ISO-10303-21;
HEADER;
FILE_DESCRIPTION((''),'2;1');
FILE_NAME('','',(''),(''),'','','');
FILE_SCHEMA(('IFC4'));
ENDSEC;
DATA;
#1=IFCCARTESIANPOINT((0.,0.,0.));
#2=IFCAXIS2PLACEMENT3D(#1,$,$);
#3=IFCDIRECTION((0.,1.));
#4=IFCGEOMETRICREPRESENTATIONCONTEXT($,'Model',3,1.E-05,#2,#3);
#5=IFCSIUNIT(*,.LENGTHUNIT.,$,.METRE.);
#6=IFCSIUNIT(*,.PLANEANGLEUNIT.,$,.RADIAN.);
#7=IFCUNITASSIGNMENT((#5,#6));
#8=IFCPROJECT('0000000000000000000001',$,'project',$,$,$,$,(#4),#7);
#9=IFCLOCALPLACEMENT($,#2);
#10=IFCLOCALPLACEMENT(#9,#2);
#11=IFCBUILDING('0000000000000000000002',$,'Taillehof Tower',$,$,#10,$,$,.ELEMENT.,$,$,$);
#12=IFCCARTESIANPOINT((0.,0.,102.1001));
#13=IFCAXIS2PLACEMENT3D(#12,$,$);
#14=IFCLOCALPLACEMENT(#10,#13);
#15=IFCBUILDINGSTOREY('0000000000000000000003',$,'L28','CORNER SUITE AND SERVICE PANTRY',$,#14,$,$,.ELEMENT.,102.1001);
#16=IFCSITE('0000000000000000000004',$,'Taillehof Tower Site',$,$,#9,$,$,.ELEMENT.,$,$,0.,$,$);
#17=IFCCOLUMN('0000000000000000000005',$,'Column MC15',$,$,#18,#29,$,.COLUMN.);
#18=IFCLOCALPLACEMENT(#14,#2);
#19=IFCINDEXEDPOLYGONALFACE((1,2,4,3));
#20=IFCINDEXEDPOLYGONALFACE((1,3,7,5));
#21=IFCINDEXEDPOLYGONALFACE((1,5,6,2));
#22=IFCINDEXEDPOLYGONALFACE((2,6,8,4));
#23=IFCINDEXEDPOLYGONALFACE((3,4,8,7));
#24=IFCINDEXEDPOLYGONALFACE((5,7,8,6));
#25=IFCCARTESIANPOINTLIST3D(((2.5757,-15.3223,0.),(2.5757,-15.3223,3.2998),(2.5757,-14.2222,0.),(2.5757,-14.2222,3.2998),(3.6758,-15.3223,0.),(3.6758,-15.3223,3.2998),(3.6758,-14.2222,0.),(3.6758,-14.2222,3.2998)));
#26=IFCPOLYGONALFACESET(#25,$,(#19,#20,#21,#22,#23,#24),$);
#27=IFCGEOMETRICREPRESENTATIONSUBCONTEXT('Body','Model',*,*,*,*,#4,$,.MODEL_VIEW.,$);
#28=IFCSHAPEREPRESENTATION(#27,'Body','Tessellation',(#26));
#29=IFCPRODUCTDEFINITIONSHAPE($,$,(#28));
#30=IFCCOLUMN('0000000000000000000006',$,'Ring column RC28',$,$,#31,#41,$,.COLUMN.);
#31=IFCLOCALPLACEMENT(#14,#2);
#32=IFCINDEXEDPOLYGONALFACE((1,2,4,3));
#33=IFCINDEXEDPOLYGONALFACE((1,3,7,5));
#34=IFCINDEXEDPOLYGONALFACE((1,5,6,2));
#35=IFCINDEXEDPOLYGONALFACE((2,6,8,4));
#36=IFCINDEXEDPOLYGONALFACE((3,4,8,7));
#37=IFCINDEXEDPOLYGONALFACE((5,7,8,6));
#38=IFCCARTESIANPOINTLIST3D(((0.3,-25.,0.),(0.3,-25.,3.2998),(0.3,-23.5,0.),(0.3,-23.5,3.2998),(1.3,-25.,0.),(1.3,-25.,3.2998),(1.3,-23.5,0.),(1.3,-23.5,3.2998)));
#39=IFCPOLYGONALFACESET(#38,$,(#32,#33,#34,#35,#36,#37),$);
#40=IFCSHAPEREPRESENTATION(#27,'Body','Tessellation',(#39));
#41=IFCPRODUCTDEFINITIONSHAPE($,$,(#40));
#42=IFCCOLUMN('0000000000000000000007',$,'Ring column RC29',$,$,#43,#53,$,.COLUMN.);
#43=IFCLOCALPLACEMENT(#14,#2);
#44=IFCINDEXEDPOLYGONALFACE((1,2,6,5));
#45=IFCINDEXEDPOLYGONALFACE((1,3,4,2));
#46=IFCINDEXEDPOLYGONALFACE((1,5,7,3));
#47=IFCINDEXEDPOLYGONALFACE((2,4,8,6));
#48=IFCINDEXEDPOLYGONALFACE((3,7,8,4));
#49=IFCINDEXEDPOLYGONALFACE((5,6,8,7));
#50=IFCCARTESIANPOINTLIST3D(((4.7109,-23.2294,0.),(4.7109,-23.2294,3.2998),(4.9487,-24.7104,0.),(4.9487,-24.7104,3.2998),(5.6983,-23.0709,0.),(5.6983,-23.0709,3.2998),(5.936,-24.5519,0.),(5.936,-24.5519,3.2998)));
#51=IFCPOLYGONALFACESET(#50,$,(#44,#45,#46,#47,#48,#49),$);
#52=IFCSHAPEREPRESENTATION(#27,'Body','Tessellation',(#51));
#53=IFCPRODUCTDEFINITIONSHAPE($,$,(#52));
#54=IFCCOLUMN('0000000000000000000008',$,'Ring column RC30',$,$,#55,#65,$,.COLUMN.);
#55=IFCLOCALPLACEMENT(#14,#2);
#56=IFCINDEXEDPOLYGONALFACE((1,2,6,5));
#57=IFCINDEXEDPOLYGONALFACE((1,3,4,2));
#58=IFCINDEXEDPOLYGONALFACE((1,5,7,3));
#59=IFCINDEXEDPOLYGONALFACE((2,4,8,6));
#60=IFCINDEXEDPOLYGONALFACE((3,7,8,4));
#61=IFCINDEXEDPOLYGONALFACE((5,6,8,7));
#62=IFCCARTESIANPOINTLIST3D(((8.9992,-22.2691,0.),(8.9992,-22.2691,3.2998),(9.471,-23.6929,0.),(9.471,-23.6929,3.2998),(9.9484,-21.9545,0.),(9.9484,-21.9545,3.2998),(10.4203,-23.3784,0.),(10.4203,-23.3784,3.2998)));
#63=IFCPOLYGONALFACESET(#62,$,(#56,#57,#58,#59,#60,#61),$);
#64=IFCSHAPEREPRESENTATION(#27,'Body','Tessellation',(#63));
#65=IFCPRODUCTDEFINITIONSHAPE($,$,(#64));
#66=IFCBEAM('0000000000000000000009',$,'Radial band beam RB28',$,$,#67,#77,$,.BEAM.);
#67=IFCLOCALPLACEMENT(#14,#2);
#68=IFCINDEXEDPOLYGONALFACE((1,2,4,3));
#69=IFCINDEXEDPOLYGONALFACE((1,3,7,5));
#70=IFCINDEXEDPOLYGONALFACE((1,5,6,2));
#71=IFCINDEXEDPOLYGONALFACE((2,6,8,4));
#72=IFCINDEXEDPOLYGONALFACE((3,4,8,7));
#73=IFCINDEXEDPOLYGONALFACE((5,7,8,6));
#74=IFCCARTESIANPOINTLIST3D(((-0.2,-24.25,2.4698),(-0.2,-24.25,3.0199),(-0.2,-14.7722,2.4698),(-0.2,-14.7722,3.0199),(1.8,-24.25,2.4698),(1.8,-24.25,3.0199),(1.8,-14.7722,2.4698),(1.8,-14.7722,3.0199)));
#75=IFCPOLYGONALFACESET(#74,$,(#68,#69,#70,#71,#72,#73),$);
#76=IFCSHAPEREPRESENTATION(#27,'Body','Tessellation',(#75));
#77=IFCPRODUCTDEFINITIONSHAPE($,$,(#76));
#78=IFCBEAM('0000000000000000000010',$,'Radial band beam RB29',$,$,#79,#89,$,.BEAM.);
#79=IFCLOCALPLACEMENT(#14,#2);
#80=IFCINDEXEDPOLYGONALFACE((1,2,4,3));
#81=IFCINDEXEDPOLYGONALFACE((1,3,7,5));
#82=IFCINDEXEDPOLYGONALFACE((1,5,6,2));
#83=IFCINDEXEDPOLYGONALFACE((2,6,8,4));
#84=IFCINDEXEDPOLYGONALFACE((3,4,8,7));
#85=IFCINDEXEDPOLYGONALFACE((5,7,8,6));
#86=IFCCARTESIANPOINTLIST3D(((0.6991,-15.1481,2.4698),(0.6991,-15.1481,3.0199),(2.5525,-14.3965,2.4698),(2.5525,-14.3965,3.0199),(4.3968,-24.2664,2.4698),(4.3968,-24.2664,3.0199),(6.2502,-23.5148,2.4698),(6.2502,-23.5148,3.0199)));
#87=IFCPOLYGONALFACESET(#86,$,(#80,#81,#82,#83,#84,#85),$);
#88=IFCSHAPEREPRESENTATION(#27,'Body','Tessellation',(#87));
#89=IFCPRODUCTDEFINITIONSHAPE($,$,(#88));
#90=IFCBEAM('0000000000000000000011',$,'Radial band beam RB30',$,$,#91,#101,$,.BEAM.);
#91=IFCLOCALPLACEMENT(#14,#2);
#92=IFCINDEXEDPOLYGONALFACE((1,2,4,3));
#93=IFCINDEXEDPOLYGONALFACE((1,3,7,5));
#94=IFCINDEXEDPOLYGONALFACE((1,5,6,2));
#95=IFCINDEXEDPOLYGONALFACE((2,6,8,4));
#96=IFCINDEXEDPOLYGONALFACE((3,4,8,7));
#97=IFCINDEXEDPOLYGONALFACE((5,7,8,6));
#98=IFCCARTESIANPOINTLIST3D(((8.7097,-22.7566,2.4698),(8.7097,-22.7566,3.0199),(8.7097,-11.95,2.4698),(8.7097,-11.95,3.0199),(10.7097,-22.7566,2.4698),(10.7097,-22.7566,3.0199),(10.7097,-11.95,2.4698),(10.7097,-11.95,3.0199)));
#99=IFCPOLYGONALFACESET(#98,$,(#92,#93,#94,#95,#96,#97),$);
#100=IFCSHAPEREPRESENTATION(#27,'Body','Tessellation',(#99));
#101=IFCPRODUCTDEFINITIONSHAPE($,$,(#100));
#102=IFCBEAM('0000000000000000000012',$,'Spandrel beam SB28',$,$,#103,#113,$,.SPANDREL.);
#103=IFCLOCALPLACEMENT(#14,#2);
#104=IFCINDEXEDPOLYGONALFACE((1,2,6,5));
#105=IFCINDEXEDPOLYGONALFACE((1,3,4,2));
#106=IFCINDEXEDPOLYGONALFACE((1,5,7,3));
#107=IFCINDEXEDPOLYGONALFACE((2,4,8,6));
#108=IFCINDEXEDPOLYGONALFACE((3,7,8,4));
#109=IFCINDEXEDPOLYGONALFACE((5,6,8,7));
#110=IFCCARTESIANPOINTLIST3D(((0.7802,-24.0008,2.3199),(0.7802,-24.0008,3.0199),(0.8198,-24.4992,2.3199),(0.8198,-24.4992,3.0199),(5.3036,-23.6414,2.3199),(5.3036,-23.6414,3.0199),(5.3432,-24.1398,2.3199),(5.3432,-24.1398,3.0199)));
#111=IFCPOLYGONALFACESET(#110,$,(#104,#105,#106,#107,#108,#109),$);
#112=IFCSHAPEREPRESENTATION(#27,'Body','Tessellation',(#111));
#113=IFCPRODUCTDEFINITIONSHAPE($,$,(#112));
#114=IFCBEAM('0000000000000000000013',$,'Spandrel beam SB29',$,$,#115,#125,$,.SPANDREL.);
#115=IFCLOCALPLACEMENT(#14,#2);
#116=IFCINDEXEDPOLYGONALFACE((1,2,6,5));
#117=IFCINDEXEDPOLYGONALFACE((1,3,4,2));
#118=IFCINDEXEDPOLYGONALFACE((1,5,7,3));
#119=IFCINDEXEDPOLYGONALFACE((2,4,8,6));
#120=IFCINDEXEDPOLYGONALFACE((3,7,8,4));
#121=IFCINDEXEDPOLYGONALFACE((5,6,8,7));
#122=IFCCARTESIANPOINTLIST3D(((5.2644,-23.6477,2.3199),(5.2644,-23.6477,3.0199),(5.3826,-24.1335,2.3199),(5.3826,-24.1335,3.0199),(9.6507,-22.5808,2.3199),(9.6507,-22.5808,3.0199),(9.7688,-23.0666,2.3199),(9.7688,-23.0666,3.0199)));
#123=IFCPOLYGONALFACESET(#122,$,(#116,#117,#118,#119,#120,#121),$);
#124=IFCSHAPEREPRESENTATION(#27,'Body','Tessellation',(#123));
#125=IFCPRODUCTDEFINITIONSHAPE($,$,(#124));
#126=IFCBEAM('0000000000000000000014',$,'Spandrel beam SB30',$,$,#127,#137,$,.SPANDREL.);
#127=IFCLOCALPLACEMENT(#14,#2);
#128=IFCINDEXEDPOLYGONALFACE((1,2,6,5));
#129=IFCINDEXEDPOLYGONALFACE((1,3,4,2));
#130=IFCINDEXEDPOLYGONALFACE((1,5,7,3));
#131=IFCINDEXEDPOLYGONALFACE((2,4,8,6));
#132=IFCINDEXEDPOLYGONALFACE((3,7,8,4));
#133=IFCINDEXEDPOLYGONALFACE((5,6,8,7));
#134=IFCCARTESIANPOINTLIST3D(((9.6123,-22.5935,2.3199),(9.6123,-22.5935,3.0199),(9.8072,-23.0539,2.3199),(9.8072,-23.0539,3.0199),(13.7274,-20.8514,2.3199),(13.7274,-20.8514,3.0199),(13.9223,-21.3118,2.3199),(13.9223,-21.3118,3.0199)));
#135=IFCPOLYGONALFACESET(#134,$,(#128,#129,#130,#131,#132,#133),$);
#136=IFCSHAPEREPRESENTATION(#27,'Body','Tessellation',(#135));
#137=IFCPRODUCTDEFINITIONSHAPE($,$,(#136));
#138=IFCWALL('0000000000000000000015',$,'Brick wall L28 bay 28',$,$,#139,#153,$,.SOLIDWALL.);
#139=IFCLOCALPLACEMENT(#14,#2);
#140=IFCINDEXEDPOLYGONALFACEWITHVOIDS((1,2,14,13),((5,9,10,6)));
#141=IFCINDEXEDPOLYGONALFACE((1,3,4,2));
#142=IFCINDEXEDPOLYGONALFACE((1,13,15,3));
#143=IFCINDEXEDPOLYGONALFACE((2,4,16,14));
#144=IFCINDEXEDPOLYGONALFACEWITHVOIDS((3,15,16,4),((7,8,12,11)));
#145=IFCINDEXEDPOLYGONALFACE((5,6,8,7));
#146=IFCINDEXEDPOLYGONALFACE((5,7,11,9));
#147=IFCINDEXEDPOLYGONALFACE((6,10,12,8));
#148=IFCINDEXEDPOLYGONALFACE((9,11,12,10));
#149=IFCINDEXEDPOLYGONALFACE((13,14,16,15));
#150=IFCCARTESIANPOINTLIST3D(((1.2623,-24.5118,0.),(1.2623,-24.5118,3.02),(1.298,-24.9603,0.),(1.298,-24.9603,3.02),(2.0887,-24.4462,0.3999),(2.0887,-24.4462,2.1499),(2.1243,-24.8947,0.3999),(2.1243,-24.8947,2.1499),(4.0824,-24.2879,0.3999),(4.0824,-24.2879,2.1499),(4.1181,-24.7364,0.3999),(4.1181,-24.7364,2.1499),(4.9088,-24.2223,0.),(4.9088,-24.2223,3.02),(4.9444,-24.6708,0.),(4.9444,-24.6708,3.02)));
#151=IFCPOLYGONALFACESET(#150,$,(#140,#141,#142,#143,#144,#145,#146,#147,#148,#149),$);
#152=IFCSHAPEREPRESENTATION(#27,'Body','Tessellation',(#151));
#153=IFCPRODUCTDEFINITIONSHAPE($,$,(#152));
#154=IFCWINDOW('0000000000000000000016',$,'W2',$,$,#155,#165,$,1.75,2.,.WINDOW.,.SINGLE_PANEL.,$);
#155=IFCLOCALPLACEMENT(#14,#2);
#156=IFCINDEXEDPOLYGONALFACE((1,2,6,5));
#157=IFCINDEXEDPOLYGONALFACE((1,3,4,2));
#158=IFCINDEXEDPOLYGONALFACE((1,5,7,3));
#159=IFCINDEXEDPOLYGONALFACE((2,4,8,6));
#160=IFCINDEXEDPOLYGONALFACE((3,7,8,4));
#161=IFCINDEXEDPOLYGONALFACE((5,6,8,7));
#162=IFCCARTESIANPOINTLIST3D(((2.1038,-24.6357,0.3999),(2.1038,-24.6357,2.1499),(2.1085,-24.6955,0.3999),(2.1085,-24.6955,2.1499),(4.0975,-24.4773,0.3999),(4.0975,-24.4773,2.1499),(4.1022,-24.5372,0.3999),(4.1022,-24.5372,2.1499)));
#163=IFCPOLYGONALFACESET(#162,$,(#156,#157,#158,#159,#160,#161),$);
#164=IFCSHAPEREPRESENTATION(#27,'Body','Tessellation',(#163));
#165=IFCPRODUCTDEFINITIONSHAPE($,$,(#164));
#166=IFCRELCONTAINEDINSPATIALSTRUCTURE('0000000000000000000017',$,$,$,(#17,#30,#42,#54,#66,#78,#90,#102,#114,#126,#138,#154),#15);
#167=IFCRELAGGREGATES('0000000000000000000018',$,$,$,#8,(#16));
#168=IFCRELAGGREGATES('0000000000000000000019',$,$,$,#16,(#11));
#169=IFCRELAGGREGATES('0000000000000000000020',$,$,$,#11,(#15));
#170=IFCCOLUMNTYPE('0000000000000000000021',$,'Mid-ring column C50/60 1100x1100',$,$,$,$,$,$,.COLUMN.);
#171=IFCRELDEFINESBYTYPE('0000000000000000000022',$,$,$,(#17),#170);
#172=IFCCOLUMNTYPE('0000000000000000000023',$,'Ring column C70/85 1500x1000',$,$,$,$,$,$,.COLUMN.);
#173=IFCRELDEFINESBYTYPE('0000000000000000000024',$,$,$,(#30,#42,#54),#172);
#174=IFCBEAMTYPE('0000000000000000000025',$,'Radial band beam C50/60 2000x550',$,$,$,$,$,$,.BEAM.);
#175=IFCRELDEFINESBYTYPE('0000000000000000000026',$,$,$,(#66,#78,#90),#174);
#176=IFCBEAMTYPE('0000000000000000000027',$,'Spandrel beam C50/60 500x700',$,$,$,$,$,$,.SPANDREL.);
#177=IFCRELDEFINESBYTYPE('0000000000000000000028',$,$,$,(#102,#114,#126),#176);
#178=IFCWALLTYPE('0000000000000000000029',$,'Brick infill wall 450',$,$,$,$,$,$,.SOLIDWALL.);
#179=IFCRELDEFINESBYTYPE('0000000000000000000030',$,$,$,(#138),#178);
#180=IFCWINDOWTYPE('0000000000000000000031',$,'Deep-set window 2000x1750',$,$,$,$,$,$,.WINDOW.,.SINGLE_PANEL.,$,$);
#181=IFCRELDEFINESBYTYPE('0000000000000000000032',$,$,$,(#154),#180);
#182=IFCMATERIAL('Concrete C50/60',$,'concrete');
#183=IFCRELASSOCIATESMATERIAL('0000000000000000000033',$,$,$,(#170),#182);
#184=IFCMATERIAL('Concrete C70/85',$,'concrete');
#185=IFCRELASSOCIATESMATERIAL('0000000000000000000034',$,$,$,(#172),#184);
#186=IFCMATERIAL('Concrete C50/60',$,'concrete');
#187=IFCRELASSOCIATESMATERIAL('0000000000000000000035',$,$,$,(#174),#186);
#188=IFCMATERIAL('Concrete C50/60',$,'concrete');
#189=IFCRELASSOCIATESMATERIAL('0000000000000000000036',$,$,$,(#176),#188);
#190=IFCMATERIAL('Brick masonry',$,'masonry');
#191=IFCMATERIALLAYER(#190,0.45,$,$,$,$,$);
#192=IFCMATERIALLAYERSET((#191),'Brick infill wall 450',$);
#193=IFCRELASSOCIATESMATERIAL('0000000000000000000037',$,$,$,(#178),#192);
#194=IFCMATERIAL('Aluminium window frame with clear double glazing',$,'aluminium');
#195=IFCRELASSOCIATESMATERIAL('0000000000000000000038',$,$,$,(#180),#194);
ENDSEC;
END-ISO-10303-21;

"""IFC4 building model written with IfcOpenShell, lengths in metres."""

from ifc_helpers import new_model, si_unit, direction, frame, frame_2d, origin, origin_2d, place, context, subcontext, project, spatial, rectangle, extrude, material, layer, layer_set, material_profile, profile_set, type_object, element, fill, save


model = new_model("IFC4")

# Units and contexts
model_context = context("Model", 3, precision=1e-05, world=origin(), true_north=direction((0.0, 1.0)))
body_context = subcontext(model_context, "Body", "Model", "MODEL_VIEW")
ifc_project = project(units=[si_unit("LENGTHUNIT", "METRE"), si_unit("PLANEANGLEUNIT", "RADIAN")], contexts=[model_context])

# Site, building, storey
site_placement = place(None, origin())
site = spatial("IfcSite", under=ifc_project, at=site_placement, Name="Taillehof Tower Site", CompositionType="ELEMENT", RefElevation=0.0)
building_placement = place(site_placement, origin())
building = spatial("IfcBuilding", under=site, at=building_placement, Name="Taillehof Tower", CompositionType="ELEMENT")
storey_placement = place(building_placement, frame((0.0, 0.0, 102.1001)))
storey = spatial("IfcBuildingStorey", under=building, at=storey_placement, Name="L28", Description="CORNER SUITE AND SERVICE PANTRY", CompositionType="ELEMENT", Elevation=102.1001)

# Columns
ifc_material_1 = material(Name="Concrete C50/60", Category="concrete")
ifc_material_profile_1 = material_profile(ifc_material_1, rectangle(XDim=1.1001, YDim=1.1001, at=origin_2d()), Name="RC 1100x1100")
ifc_profile_set_1 = profile_set([ifc_material_profile_1], Name="Concrete C50/60")
column_type_1 = type_object("IfcColumnType", Name="Mid-ring column C50/60 1100x1100", PredefinedType="COLUMN", material=ifc_profile_set_1)
column_placement = place(storey_placement, frame((3.1257, -14.7722, 0.0), z_axis=(0.0, 0.0, 1.0), x_axis=(1.0, 0.0, 0.0)))
element("IfcColumn", 1, at=column_placement, inside=storey, type_object=column_type_1, Name="Column MC15", PredefinedType="COLUMN", context=body_context, shape_type="SweptSolid", body=[
    extrude(rectangle(XDim=1.1001, YDim=1.1001, at=origin_2d()), origin(), (0.0, 0.0, 1.0), 3.2998),
])
ifc_material_2 = material(Name="Concrete C70/85", Category="concrete")
ifc_material_profile_2 = material_profile(ifc_material_2, rectangle(XDim=1.5, YDim=1.0, at=origin_2d()), Name="RC 1500x1000")
ifc_profile_set_2 = profile_set([ifc_material_profile_2], Name="Concrete C70/85")
column_type_2 = type_object("IfcColumnType", Name="Ring column C70/85 1500x1000", PredefinedType="COLUMN", material=ifc_profile_set_2)
for number, where, z_axis, x_axis, name in (
    (2, (0.8, -24.25, 0.0), (0.0, 0.0, 1.0), (0.0, -1.0, 0.0), "Ring column RC28"),
    (3, (5.3235, -23.8906, 0.0), (0.0, 0.0, 1.0), (0.158507, -0.987358, 0.0), "Ring column RC29"),
    (4, (9.7097, -22.8237, 0.0), (0.0, 0.0, 1.0), (0.314555, -0.949239, 0.0), "Ring column RC30"),
):
    element("IfcColumn", number, at=place(storey_placement, frame(where, z_axis=z_axis, x_axis=x_axis)), inside=storey, type_object=column_type_2, Name=name, PredefinedType="COLUMN", context=body_context, shape_type="SweptSolid", body=[
        extrude(rectangle(XDim=1.5, YDim=1.0, at=origin_2d()), origin(), (0.0, 0.0, 1.0), 3.2998),
    ])

# Beams
ifc_material_3 = material(Name="Concrete C50/60", Category="concrete")
ifc_material_profile_3 = material_profile(ifc_material_3, rectangle(XDim=2.0, YDim=0.55, at=origin_2d()), Name="RC 2000x550")
ifc_profile_set_3 = profile_set([ifc_material_profile_3], Name="Concrete C50/60")
beam_type_1 = type_object("IfcBeamType", Name="Radial band beam C50/60 2000x550", PredefinedType="BEAM", material=ifc_profile_set_3)
beam_1_placement = place(storey_placement, frame((0.8, -24.25, 2.7449), z_axis=(0.0, 1.0, 0.0), x_axis=(-1.0, 0.0, 0.0)))
element("IfcBeam", 5, at=beam_1_placement, inside=storey, type_object=beam_type_1, Name="Radial band beam RB28", PredefinedType="BEAM", context=body_context, shape_type="SweptSolid", body=[
    extrude(rectangle(XDim=2.0, YDim=0.55, at=origin_2d()), origin(), (0.0, 0.0, 1.0), 9.4778),
])
beam_2_placement = place(storey_placement, frame((5.3235, -23.8906, 2.7449), z_axis=(-0.375801, 0.9267, 0.0), x_axis=(-0.9267, -0.375801, 0.0)))
element("IfcBeam", 6, at=beam_2_placement, inside=storey, type_object=beam_type_1, Name="Radial band beam RB29", PredefinedType="BEAM", context=body_context, shape_type="SweptSolid", body=[
    extrude(rectangle(XDim=2.0, YDim=0.55, at=origin_2d()), origin(), (0.0, 0.0, 1.0), 9.8396),
])
beam_3_placement = place(storey_placement, frame((9.7097, -22.7566, 2.7449), z_axis=(0.0, 1.0, 0.0), x_axis=(-1.0, 0.0, 0.0)))
element("IfcBeam", 7, at=beam_3_placement, inside=storey, type_object=beam_type_1, Name="Radial band beam RB30", PredefinedType="BEAM", context=body_context, shape_type="SweptSolid", body=[
    extrude(rectangle(XDim=2.0, YDim=0.55, at=origin_2d()), origin(), (0.0, 0.0, 1.0), 10.8066),
])
ifc_material_4 = material(Name="Concrete C50/60", Category="concrete")
ifc_material_profile_4 = material_profile(ifc_material_4, rectangle(XDim=0.5, YDim=0.7, at=origin_2d()), Name="RC 500x700")
ifc_profile_set_4 = profile_set([ifc_material_profile_4], Name="Concrete C50/60")
beam_type_2 = type_object("IfcBeamType", Name="Spandrel beam C50/60 500x700", PredefinedType="SPANDREL", material=ifc_profile_set_4)
beam_4_placement = place(storey_placement, frame((0.8, -24.25, 2.6699), z_axis=(0.996859, 0.079198, 0.0), x_axis=(-0.079198, 0.996859, 0.0)))
element("IfcBeam", 8, at=beam_4_placement, inside=storey, type_object=beam_type_2, Name="Spandrel beam SB28", PredefinedType="SPANDREL", context=body_context, shape_type="SweptSolid", body=[
    extrude(rectangle(XDim=0.5, YDim=0.7, at=origin_2d()), origin(), (0.0, 0.0, 1.0), 4.5376),
])
beam_5_placement = place(storey_placement, frame((5.3235, -23.8906, 2.6699), z_axis=(0.971669, 0.236346, 0.0), x_axis=(-0.236346, 0.971669, 0.0)))
element("IfcBeam", 9, at=beam_5_placement, inside=storey, type_object=beam_type_2, Name="Spandrel beam SB29", PredefinedType="SPANDREL", context=body_context, shape_type="SweptSolid", body=[
    extrude(rectangle(XDim=0.5, YDim=0.7, at=origin_2d()), origin(), (0.0, 0.0, 1.0), 4.5142),
])
beam_6_placement = place(storey_placement, frame((9.7097, -22.8237, 2.6699), z_axis=(0.920877, 0.389854, 0.0), x_axis=(-0.389854, 0.920877, 0.0)))
element("IfcBeam", 10, at=beam_6_placement, inside=storey, type_object=beam_type_2, Name="Spandrel beam SB30", PredefinedType="SPANDREL", context=body_context, shape_type="SweptSolid", body=[
    extrude(rectangle(XDim=0.5, YDim=0.7, at=origin_2d()), origin(), (0.0, 0.0, 1.0), 4.4688),
])

# Wall, opening, window
ifc_material_5 = material(Name="Brick masonry", Category="masonry")
ifc_layer_1 = layer(ifc_material_5, 0.45)
ifc_layer_set_1 = layer_set([ifc_layer_1], Name="Brick infill wall 450")
wall_type_1 = type_object("IfcWallType", Name="Brick infill wall 450", PredefinedType="SOLIDWALL", material=ifc_layer_set_1)
wall_1_placement = place(storey_placement, frame((1.28, -24.7361, 0.0), z_axis=(0.0, 0.0, 1.0), x_axis=(0.996862, 0.079156, 0.0)))
wall_1 = element("IfcWall", 11, at=wall_1_placement, inside=storey, type_object=wall_type_1, Name="Brick wall L28 bay 28", PredefinedType="SOLIDWALL", context=body_context, shape_type="SweptSolid", body=[
    extrude(rectangle(XDim=3.658, YDim=0.45, at=frame_2d((1.8291, 0.0))), origin(), (0.0, 0.0, 1.0), 3.02),
])
opening_1_placement = place(wall_1_placement, frame((0.8291, 0.0, 0.3999)))
opening_1 = element("IfcOpeningElement", 12, at=opening_1_placement, cuts=wall_1, PredefinedType="OPENING", context=body_context, shape_type="SweptSolid", body=[
    extrude(rectangle(XDim=2.0, YDim=1.75, at=frame_2d((1.0, 0.875))), frame((0.0, 0.2349, 0.0), z_axis=(0.0, -1.0, 0.0), x_axis=(1.0, 0.0, 0.0)), (0.0, 0.0, 1.0), 0.47),
])
ifc_material_6 = material(Name="Aluminium window frame with clear double glazing", Category="aluminium")
window_type = type_object("IfcWindowType", Name="Deep-set window 2000x1750", PartitioningType="SINGLE_PANEL", PredefinedType="WINDOW", material=ifc_material_6)
window_1_placement = place(opening_1_placement, origin())
window_1 = element("IfcWindow", 13, at=window_1_placement, inside=storey, type_object=window_type, Name="W2", OverallHeight=1.75, OverallWidth=2.0, PartitioningType="SINGLE_PANEL", PredefinedType="WINDOW", context=body_context, shape_type="SweptSolid", body=[
    extrude(rectangle(XDim=2.0, YDim=1.75, at=frame_2d((1.0, 0.875))), frame((0.0, 0.0349, 0.0), z_axis=(0.0, -1.0, 0.0), x_axis=(1.0, 0.0, 0.0)), (0.0, 0.0, 1.0), 0.0601),
])
fill(opening_1, window_1)

save(model, "model.ifc")
